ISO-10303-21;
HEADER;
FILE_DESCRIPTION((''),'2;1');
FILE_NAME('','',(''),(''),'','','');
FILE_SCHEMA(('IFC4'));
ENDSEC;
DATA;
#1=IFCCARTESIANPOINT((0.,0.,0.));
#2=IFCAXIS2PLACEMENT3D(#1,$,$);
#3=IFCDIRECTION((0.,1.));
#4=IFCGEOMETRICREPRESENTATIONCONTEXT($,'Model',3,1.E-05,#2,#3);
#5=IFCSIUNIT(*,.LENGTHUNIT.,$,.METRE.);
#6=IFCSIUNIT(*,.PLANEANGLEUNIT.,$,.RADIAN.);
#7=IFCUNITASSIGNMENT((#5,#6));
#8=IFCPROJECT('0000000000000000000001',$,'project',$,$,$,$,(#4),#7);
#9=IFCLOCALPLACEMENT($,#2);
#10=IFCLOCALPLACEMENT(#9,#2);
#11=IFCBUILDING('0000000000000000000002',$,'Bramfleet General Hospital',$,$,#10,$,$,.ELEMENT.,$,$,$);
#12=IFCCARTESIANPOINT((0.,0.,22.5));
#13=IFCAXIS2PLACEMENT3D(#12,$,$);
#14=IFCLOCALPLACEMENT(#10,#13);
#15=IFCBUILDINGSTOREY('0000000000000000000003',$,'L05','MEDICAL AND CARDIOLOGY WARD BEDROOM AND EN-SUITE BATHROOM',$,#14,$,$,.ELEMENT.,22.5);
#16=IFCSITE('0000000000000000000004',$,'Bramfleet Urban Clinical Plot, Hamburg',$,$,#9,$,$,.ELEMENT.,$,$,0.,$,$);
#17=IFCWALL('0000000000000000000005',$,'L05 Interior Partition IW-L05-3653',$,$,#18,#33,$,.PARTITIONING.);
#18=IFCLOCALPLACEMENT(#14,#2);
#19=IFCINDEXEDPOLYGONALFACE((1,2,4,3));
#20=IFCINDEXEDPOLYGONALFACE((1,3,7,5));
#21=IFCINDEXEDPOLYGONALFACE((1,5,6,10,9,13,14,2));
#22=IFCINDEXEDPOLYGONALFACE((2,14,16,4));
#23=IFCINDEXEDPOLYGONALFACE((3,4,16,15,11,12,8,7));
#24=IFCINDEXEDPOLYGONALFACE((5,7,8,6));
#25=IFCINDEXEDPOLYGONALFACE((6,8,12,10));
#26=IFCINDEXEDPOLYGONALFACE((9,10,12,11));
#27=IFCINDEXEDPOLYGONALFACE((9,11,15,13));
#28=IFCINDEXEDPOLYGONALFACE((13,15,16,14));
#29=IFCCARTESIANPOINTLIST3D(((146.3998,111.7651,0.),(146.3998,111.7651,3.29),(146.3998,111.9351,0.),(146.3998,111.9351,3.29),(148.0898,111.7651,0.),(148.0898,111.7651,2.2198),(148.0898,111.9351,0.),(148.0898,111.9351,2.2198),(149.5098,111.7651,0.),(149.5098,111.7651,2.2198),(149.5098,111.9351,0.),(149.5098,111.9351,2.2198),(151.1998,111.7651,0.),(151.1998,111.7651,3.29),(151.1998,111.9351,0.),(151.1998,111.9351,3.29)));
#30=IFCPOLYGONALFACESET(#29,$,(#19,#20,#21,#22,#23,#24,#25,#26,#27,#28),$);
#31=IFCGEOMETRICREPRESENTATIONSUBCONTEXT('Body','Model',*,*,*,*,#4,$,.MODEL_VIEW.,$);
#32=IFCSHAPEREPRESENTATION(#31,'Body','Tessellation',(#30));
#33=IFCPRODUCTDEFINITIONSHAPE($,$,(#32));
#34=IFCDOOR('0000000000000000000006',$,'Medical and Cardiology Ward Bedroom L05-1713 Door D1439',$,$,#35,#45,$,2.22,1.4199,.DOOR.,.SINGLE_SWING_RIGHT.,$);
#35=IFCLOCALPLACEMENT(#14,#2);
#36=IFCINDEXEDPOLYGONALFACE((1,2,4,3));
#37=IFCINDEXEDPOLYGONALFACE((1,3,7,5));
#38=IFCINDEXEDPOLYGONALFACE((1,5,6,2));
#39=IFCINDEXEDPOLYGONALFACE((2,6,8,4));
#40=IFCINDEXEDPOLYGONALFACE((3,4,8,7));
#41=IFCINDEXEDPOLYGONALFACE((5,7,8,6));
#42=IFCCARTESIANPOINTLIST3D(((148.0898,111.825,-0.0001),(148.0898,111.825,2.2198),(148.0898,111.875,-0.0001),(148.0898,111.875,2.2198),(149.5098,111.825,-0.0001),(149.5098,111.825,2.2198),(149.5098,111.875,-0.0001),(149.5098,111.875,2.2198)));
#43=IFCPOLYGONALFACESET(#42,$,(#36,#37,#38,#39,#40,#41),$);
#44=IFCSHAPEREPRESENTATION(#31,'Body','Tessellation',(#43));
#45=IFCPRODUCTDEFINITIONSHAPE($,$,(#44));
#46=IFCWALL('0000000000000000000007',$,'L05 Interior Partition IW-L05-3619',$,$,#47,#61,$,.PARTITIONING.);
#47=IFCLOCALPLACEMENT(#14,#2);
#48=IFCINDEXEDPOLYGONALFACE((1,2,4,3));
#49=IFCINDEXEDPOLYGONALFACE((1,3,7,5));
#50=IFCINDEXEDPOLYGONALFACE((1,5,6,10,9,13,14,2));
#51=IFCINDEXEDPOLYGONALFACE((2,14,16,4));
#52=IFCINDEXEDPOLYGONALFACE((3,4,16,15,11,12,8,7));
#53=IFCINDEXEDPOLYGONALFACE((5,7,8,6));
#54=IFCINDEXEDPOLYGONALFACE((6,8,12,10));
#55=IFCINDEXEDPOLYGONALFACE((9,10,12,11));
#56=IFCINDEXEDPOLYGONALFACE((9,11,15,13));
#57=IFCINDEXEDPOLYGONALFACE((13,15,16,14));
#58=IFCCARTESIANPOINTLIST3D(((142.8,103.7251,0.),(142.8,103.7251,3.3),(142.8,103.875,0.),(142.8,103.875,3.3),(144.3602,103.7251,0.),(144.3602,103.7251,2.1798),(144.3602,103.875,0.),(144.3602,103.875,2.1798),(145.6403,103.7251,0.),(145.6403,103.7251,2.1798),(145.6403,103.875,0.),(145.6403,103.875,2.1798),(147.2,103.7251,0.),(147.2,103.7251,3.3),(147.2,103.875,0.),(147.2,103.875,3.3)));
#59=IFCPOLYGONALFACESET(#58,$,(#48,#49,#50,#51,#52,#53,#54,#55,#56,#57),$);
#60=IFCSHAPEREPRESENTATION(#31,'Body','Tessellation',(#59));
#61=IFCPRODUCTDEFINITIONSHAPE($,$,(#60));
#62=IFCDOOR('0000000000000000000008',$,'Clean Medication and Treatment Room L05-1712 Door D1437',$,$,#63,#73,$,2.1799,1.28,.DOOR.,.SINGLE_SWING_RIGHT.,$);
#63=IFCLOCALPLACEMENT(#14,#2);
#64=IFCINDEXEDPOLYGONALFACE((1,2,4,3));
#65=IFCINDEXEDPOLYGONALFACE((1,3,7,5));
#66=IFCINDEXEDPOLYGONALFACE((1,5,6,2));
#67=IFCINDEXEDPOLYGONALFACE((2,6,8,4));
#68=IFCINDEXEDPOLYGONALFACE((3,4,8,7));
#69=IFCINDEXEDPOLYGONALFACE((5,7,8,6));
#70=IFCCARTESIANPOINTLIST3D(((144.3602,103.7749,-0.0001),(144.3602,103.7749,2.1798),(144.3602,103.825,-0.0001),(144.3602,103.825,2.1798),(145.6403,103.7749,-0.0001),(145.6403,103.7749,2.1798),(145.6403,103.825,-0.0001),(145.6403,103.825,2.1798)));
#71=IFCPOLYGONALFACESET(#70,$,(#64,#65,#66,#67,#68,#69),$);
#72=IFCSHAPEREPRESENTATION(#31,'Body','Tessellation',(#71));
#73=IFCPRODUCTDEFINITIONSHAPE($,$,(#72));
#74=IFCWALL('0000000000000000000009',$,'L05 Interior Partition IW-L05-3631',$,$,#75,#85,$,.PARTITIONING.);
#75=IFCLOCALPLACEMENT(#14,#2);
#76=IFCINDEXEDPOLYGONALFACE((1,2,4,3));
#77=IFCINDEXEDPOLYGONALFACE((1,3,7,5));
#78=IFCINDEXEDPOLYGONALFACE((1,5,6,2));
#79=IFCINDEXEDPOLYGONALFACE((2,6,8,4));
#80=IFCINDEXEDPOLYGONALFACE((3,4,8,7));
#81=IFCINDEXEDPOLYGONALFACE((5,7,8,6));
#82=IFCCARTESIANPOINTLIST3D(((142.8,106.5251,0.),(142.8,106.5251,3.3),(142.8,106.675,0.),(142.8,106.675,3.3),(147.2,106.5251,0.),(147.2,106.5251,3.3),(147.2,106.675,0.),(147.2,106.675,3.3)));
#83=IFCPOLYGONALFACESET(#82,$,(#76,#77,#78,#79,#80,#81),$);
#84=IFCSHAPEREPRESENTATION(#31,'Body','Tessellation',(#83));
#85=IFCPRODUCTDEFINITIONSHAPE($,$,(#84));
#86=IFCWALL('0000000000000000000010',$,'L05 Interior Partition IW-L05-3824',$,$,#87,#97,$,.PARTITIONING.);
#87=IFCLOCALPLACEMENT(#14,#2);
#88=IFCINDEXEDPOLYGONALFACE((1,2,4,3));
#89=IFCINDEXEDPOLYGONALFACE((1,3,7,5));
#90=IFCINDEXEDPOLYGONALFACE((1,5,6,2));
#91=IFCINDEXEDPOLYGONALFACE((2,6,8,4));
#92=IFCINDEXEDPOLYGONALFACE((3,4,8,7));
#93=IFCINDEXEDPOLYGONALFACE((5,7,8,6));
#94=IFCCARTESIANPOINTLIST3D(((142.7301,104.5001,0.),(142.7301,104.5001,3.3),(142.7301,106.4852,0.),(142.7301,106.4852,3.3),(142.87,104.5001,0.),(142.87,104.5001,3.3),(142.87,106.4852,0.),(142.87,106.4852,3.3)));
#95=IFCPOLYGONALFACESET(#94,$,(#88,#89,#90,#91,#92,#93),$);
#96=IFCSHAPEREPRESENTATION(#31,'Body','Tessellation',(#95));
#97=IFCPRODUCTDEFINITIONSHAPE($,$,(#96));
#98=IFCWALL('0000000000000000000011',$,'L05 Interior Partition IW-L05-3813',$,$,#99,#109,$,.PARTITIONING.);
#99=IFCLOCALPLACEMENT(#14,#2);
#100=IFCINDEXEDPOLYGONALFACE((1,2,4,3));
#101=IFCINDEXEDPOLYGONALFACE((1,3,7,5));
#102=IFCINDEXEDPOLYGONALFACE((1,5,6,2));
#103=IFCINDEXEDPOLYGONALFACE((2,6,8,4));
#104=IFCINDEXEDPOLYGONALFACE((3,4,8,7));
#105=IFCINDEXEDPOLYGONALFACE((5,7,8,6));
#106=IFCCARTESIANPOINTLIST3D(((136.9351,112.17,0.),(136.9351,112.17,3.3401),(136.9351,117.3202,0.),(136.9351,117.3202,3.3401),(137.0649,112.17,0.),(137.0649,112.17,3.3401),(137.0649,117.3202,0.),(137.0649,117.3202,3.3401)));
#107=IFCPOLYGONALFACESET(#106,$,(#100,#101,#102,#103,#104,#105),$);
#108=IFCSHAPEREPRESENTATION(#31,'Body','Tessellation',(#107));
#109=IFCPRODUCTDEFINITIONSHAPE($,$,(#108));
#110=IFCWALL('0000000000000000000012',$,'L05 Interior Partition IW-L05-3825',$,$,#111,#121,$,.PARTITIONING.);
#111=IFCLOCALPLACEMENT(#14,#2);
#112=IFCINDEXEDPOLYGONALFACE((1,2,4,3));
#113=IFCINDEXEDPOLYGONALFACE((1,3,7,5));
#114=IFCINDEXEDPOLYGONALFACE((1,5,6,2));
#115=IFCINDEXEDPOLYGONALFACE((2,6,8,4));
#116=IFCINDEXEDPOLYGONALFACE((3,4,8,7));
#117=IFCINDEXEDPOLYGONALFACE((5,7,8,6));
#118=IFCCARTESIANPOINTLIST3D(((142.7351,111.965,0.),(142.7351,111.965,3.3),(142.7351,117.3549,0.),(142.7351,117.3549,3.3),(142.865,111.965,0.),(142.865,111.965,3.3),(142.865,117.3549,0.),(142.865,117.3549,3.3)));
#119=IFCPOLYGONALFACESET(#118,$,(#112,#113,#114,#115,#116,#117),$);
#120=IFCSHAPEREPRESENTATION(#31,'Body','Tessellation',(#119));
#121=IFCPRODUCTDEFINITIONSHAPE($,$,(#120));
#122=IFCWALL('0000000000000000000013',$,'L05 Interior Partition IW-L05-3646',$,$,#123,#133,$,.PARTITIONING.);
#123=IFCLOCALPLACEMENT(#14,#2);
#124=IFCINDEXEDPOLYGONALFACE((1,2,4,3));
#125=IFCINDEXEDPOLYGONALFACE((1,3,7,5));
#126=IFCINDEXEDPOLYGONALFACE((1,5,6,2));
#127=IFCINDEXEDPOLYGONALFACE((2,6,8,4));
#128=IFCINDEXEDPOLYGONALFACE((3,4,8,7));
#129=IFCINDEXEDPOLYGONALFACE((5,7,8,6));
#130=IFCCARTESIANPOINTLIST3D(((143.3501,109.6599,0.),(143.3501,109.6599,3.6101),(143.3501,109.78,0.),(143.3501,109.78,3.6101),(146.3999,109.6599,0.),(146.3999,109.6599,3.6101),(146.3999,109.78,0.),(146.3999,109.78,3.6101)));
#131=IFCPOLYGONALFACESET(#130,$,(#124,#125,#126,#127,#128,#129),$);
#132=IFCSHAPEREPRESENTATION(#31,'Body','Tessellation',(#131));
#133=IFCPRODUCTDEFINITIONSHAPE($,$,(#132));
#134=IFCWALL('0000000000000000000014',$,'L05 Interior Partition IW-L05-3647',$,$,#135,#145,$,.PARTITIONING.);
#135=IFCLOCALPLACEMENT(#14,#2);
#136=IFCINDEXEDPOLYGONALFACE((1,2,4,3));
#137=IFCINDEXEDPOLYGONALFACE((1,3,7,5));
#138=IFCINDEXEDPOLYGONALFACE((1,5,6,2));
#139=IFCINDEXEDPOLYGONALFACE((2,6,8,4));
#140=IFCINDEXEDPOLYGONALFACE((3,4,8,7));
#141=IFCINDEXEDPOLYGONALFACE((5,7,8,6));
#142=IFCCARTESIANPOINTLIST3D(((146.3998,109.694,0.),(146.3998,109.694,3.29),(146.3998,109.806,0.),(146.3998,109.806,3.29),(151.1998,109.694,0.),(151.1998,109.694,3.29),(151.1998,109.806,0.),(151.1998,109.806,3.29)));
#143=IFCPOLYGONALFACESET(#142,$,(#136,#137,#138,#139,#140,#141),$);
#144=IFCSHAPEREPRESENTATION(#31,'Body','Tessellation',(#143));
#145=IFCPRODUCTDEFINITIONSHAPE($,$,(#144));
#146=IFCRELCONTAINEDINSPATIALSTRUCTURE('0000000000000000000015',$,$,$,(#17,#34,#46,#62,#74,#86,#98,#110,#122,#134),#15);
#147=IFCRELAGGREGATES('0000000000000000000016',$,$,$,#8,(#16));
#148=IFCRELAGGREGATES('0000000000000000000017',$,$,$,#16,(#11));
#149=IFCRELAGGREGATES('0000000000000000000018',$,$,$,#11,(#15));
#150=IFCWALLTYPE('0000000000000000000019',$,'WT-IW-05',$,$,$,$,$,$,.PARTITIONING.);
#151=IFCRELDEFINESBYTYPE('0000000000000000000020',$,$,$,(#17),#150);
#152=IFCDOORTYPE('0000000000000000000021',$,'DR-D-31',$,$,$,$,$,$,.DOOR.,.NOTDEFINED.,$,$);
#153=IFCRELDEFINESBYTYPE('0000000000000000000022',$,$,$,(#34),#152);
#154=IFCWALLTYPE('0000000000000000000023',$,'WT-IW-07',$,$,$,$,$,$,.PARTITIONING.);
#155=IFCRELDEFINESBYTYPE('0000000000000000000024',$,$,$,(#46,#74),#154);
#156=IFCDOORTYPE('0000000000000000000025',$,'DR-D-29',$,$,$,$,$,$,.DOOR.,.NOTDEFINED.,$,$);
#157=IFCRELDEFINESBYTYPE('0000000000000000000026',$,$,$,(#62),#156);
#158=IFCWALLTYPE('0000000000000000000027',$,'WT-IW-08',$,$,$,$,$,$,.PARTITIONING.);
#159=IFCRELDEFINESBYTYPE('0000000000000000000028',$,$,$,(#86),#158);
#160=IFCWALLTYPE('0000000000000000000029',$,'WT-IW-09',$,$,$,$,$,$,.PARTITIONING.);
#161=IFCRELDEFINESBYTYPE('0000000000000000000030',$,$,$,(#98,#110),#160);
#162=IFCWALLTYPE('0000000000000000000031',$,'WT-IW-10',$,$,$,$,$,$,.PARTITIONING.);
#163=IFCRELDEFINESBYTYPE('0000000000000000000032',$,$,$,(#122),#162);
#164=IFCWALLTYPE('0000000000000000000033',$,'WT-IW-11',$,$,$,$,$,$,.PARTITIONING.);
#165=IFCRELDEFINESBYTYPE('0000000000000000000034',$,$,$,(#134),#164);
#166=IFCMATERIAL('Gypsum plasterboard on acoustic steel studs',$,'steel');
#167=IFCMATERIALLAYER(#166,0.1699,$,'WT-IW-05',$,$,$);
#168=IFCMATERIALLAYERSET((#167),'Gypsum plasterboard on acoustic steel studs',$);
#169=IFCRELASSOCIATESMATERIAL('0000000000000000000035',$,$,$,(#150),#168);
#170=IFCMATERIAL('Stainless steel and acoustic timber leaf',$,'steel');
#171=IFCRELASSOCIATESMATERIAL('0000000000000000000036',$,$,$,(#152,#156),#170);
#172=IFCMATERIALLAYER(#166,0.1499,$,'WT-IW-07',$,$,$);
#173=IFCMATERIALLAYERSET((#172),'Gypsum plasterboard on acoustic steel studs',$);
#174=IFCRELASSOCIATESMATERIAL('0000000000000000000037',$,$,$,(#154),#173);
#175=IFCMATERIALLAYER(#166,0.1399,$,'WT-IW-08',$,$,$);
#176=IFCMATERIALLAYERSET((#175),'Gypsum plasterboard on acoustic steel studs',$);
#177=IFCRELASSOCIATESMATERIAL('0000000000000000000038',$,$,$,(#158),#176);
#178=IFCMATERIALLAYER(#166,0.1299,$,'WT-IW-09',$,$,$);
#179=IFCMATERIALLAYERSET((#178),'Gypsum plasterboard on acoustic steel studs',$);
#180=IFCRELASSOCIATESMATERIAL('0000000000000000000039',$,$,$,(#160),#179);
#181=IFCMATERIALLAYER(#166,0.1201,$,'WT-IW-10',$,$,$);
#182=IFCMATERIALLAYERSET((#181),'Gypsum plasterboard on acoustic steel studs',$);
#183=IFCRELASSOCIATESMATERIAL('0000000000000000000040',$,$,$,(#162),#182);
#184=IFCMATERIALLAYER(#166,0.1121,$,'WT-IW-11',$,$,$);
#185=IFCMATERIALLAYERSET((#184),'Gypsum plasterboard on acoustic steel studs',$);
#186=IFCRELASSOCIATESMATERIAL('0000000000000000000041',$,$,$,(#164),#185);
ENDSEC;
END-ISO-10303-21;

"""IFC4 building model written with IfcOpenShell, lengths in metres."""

from ifc_helpers import new_model, si_unit, direction, frame, frame_2d, origin, place, context, subcontext, project, spatial, rectangle, extrude, material, layer, layer_set, type_object, element, fill, save


model = new_model("IFC4")

# Units and contexts
model_context = context("Model", 3, precision=1e-05, world=origin(), true_north=direction((0.0, 1.0)))
body_context = subcontext(model_context, "Body", "Model", "MODEL_VIEW")
ifc_project = project(units=[si_unit("LENGTHUNIT", "METRE"), si_unit("PLANEANGLEUNIT", "RADIAN")], contexts=[model_context])

# Site, building, storey
site_placement = place(None, origin())
site = spatial("IfcSite", under=ifc_project, at=site_placement, Name="Bramfleet Urban Clinical Plot, Hamburg", CompositionType="ELEMENT", RefElevation=0.0)
building_placement = place(site_placement, origin())
building = spatial("IfcBuilding", under=site, at=building_placement, Name="Bramfleet General Hospital", CompositionType="ELEMENT")
storey_placement = place(building_placement, frame((0.0, 0.0, 22.5)))
storey = spatial("IfcBuildingStorey", under=building, at=storey_placement, Name="L05", Description="MEDICAL AND CARDIOLOGY WARD BEDROOM AND EN-SUITE BATHROOM", CompositionType="ELEMENT", Elevation=22.5)

# Walls, openings, doors
ifc_material_1 = material(Name="Stainless steel and acoustic timber leaf", Category="steel")
ifc_material_2 = material(Name="Gypsum plasterboard on acoustic steel studs", Category="steel")
ifc_layer_1 = layer(ifc_material_2, 0.1699, Name="WT-IW-05")
ifc_layer_set_1 = layer_set([ifc_layer_1], Name="Gypsum plasterboard on acoustic steel studs")
wall_type_1 = type_object("IfcWallType", Name="WT-IW-05", PredefinedType="PARTITIONING", material=ifc_layer_set_1)
wall_1_placement = place(storey_placement, frame((146.3999, 111.8501, 0.0), z_axis=(0.0, 0.0, 1.0), x_axis=(1.0, 0.0, 0.0)))
wall_1 = element("IfcWall", 1, at=wall_1_placement, inside=storey, type_object=wall_type_1, Name="L05 Interior Partition IW-L05-3653", PredefinedType="PARTITIONING", context=body_context, shape_type="SweptSolid", body=[
    extrude(rectangle(XDim=4.8, YDim=0.1699, at=frame_2d((2.3999, 0.0))), origin(), (0.0, 0.0, 1.0), 3.29),
])
opening_1_placement = place(wall_1_placement, frame((1.6899, 0.0, 0.0)))
opening_1 = element("IfcOpeningElement", 2, at=opening_1_placement, cuts=wall_1, PredefinedType="OPENING", context=body_context, shape_type="SweptSolid", body=[
    extrude(rectangle(XDim=1.4199, YDim=2.22, at=frame_2d((0.71, 1.1099))), frame((0.0, 0.095, 0.0), z_axis=(0.0, -1.0, 0.0), x_axis=(1.0, 0.0, 0.0)), (0.0, 0.0, 1.0), 0.1899),
])
door_type_1 = type_object("IfcDoorType", Name="DR-D-31", OperationType="NOTDEFINED", PredefinedType="DOOR", material=ifc_material_1)
door_1_placement = place(opening_1_placement, origin())
door_1 = element("IfcDoor", 3, at=door_1_placement, inside=storey, type_object=door_type_1, Name="Medical and Cardiology Ward Bedroom L05-1713 Door D1439", OperationType="SINGLE_SWING_RIGHT", OverallHeight=2.22, OverallWidth=1.4199, PredefinedType="DOOR", context=body_context, shape_type="SweptSolid", body=[
    extrude(rectangle(XDim=1.4199, YDim=2.22, at=frame_2d((0.71, 1.1099))), frame((0.0, 0.0249, 0.0), z_axis=(0.0, -1.0, 0.0), x_axis=(1.0, 0.0, 0.0)), (0.0, 0.0, 1.0), 0.05),
])
fill(opening_1, door_1)
ifc_layer_2 = layer(ifc_material_2, 0.1499, Name="WT-IW-07")
ifc_layer_set_2 = layer_set([ifc_layer_2], Name="Gypsum plasterboard on acoustic steel studs")
wall_type_2 = type_object("IfcWallType", Name="WT-IW-07", PredefinedType="PARTITIONING", material=ifc_layer_set_2)
wall_2_placement = place(storey_placement, frame((142.8, 103.8, 0.0), z_axis=(0.0, 0.0, 1.0), x_axis=(1.0, 0.0, 0.0)))
wall_2 = element("IfcWall", 4, at=wall_2_placement, inside=storey, type_object=wall_type_2, Name="L05 Interior Partition IW-L05-3619", PredefinedType="PARTITIONING", context=body_context, shape_type="SweptSolid", body=[
    extrude(rectangle(XDim=4.3999, YDim=0.1499, at=frame_2d((2.2, 0.0))), origin(), (0.0, 0.0, 1.0), 3.3),
])
opening_2_placement = place(wall_2_placement, frame((1.5601, 0.0, 0.0)))
opening_2 = element("IfcOpeningElement", 5, at=opening_2_placement, cuts=wall_2, PredefinedType="OPENING", context=body_context, shape_type="SweptSolid", body=[
    extrude(rectangle(XDim=1.28, YDim=2.1799, at=frame_2d((0.6401, 1.0898))), frame((0.0, 0.085, 0.0), z_axis=(0.0, -1.0, 0.0), x_axis=(1.0, 0.0, 0.0)), (0.0, 0.0, 1.0), 0.1699),
])
door_type_2 = type_object("IfcDoorType", Name="DR-D-29", OperationType="NOTDEFINED", PredefinedType="DOOR", material=ifc_material_1)
door_2_placement = place(opening_2_placement, origin())
door_2 = element("IfcDoor", 6, at=door_2_placement, inside=storey, type_object=door_type_2, Name="Clean Medication and Treatment Room L05-1712 Door D1437", OperationType="SINGLE_SWING_RIGHT", OverallHeight=2.1799, OverallWidth=1.28, PredefinedType="DOOR", context=body_context, shape_type="SweptSolid", body=[
    extrude(rectangle(XDim=1.28, YDim=2.1799, at=frame_2d((0.6401, 1.0898))), frame((0.0, 0.0249, 0.0), z_axis=(0.0, -1.0, 0.0), x_axis=(1.0, 0.0, 0.0)), (0.0, 0.0, 1.0), 0.05),
])
fill(opening_2, door_2)

# Walls
wall_3_placement = place(storey_placement, frame((142.8, 106.6001, 0.0), z_axis=(0.0, 0.0, 1.0), x_axis=(1.0, 0.0, 0.0)))
element("IfcWall", 7, at=wall_3_placement, inside=storey, type_object=wall_type_2, Name="L05 Interior Partition IW-L05-3631", PredefinedType="PARTITIONING", context=body_context, shape_type="SweptSolid", body=[
    extrude(rectangle(XDim=4.3999, YDim=0.1499, at=frame_2d((2.2, 0.0))), origin(), (0.0, 0.0, 1.0), 3.3),
])
ifc_layer_3 = layer(ifc_material_2, 0.1399, Name="WT-IW-08")
ifc_layer_set_3 = layer_set([ifc_layer_3], Name="Gypsum plasterboard on acoustic steel studs")
wall_type_3 = type_object("IfcWallType", Name="WT-IW-08", PredefinedType="PARTITIONING", material=ifc_layer_set_3)
wall_4_placement = place(storey_placement, frame((142.8, 104.5, 0.0), z_axis=(0.0, 0.0, 1.0), x_axis=(0.0, 1.0, 0.0)))
element("IfcWall", 8, at=wall_4_placement, inside=storey, type_object=wall_type_3, Name="L05 Interior Partition IW-L05-3824", PredefinedType="PARTITIONING", context=body_context, shape_type="SweptSolid", body=[
    extrude(rectangle(XDim=1.9851, YDim=0.1399, at=frame_2d((0.9927, 0.0))), origin(), (0.0, 0.0, 1.0), 3.3),
])
ifc_layer_4 = layer(ifc_material_2, 0.1299, Name="WT-IW-09")
ifc_layer_set_4 = layer_set([ifc_layer_4], Name="Gypsum plasterboard on acoustic steel studs")
wall_type_4 = type_object("IfcWallType", Name="WT-IW-09", PredefinedType="PARTITIONING", material=ifc_layer_set_4)
wall_5_placement = place(storey_placement, frame((137.0, 112.1699, 0.0), z_axis=(0.0, 0.0, 1.0), x_axis=(0.0, 1.0, 0.0)))
element("IfcWall", 9, at=wall_5_placement, inside=storey, type_object=wall_type_4, Name="L05 Interior Partition IW-L05-3813", PredefinedType="PARTITIONING", context=body_context, shape_type="SweptSolid", body=[
    extrude(rectangle(XDim=5.1501, YDim=0.1299, at=frame_2d((2.5752, 0.0))), origin(), (0.0, 0.0, 1.0), 3.3401),
])
wall_6_placement = place(storey_placement, frame((142.8, 111.9651, 0.0), z_axis=(0.0, 0.0, 1.0), x_axis=(0.0, 1.0, 0.0)))
element("IfcWall", 10, at=wall_6_placement, inside=storey, type_object=wall_type_4, Name="L05 Interior Partition IW-L05-3825", PredefinedType="PARTITIONING", context=body_context, shape_type="SweptSolid", body=[
    extrude(rectangle(XDim=5.3899, YDim=0.1299, at=frame_2d((2.6948, 0.0))), origin(), (0.0, 0.0, 1.0), 3.3),
])
ifc_layer_5 = layer(ifc_material_2, 0.1201, Name="WT-IW-10")
ifc_layer_set_5 = layer_set([ifc_layer_5], Name="Gypsum plasterboard on acoustic steel studs")
wall_type_5 = type_object("IfcWallType", Name="WT-IW-10", PredefinedType="PARTITIONING", material=ifc_layer_set_5)
wall_7_placement = place(storey_placement, frame((143.3501, 109.72, 0.0), z_axis=(0.0, 0.0, 1.0), x_axis=(1.0, 0.0, 0.0)))
element("IfcWall", 11, at=wall_7_placement, inside=storey, type_object=wall_type_5, Name="L05 Interior Partition IW-L05-3646", PredefinedType="PARTITIONING", context=body_context, shape_type="SweptSolid", body=[
    extrude(rectangle(XDim=3.0498, YDim=0.1201, at=frame_2d((1.5249, 0.0))), origin(), (0.0, 0.0, 1.0), 3.6101),
])
ifc_layer_6 = layer(ifc_material_2, 0.1121, Name="WT-IW-11")
ifc_layer_set_6 = layer_set([ifc_layer_6], Name="Gypsum plasterboard on acoustic steel studs")
wall_type_6 = type_object("IfcWallType", Name="WT-IW-11", PredefinedType="PARTITIONING", material=ifc_layer_set_6)
wall_8_placement = place(storey_placement, frame((146.3999, 109.75, 0.0), z_axis=(0.0, 0.0, 1.0), x_axis=(1.0, 0.0, 0.0)))
element("IfcWall", 12, at=wall_8_placement, inside=storey, type_object=wall_type_6, Name="L05 Interior Partition IW-L05-3647", PredefinedType="PARTITIONING", context=body_context, shape_type="SweptSolid", body=[
    extrude(rectangle(XDim=4.8, YDim=0.1121, at=frame_2d((2.3999, 0.0))), origin(), (0.0, 0.0, 1.0), 3.29),
])

save(model, "model.ifc")
